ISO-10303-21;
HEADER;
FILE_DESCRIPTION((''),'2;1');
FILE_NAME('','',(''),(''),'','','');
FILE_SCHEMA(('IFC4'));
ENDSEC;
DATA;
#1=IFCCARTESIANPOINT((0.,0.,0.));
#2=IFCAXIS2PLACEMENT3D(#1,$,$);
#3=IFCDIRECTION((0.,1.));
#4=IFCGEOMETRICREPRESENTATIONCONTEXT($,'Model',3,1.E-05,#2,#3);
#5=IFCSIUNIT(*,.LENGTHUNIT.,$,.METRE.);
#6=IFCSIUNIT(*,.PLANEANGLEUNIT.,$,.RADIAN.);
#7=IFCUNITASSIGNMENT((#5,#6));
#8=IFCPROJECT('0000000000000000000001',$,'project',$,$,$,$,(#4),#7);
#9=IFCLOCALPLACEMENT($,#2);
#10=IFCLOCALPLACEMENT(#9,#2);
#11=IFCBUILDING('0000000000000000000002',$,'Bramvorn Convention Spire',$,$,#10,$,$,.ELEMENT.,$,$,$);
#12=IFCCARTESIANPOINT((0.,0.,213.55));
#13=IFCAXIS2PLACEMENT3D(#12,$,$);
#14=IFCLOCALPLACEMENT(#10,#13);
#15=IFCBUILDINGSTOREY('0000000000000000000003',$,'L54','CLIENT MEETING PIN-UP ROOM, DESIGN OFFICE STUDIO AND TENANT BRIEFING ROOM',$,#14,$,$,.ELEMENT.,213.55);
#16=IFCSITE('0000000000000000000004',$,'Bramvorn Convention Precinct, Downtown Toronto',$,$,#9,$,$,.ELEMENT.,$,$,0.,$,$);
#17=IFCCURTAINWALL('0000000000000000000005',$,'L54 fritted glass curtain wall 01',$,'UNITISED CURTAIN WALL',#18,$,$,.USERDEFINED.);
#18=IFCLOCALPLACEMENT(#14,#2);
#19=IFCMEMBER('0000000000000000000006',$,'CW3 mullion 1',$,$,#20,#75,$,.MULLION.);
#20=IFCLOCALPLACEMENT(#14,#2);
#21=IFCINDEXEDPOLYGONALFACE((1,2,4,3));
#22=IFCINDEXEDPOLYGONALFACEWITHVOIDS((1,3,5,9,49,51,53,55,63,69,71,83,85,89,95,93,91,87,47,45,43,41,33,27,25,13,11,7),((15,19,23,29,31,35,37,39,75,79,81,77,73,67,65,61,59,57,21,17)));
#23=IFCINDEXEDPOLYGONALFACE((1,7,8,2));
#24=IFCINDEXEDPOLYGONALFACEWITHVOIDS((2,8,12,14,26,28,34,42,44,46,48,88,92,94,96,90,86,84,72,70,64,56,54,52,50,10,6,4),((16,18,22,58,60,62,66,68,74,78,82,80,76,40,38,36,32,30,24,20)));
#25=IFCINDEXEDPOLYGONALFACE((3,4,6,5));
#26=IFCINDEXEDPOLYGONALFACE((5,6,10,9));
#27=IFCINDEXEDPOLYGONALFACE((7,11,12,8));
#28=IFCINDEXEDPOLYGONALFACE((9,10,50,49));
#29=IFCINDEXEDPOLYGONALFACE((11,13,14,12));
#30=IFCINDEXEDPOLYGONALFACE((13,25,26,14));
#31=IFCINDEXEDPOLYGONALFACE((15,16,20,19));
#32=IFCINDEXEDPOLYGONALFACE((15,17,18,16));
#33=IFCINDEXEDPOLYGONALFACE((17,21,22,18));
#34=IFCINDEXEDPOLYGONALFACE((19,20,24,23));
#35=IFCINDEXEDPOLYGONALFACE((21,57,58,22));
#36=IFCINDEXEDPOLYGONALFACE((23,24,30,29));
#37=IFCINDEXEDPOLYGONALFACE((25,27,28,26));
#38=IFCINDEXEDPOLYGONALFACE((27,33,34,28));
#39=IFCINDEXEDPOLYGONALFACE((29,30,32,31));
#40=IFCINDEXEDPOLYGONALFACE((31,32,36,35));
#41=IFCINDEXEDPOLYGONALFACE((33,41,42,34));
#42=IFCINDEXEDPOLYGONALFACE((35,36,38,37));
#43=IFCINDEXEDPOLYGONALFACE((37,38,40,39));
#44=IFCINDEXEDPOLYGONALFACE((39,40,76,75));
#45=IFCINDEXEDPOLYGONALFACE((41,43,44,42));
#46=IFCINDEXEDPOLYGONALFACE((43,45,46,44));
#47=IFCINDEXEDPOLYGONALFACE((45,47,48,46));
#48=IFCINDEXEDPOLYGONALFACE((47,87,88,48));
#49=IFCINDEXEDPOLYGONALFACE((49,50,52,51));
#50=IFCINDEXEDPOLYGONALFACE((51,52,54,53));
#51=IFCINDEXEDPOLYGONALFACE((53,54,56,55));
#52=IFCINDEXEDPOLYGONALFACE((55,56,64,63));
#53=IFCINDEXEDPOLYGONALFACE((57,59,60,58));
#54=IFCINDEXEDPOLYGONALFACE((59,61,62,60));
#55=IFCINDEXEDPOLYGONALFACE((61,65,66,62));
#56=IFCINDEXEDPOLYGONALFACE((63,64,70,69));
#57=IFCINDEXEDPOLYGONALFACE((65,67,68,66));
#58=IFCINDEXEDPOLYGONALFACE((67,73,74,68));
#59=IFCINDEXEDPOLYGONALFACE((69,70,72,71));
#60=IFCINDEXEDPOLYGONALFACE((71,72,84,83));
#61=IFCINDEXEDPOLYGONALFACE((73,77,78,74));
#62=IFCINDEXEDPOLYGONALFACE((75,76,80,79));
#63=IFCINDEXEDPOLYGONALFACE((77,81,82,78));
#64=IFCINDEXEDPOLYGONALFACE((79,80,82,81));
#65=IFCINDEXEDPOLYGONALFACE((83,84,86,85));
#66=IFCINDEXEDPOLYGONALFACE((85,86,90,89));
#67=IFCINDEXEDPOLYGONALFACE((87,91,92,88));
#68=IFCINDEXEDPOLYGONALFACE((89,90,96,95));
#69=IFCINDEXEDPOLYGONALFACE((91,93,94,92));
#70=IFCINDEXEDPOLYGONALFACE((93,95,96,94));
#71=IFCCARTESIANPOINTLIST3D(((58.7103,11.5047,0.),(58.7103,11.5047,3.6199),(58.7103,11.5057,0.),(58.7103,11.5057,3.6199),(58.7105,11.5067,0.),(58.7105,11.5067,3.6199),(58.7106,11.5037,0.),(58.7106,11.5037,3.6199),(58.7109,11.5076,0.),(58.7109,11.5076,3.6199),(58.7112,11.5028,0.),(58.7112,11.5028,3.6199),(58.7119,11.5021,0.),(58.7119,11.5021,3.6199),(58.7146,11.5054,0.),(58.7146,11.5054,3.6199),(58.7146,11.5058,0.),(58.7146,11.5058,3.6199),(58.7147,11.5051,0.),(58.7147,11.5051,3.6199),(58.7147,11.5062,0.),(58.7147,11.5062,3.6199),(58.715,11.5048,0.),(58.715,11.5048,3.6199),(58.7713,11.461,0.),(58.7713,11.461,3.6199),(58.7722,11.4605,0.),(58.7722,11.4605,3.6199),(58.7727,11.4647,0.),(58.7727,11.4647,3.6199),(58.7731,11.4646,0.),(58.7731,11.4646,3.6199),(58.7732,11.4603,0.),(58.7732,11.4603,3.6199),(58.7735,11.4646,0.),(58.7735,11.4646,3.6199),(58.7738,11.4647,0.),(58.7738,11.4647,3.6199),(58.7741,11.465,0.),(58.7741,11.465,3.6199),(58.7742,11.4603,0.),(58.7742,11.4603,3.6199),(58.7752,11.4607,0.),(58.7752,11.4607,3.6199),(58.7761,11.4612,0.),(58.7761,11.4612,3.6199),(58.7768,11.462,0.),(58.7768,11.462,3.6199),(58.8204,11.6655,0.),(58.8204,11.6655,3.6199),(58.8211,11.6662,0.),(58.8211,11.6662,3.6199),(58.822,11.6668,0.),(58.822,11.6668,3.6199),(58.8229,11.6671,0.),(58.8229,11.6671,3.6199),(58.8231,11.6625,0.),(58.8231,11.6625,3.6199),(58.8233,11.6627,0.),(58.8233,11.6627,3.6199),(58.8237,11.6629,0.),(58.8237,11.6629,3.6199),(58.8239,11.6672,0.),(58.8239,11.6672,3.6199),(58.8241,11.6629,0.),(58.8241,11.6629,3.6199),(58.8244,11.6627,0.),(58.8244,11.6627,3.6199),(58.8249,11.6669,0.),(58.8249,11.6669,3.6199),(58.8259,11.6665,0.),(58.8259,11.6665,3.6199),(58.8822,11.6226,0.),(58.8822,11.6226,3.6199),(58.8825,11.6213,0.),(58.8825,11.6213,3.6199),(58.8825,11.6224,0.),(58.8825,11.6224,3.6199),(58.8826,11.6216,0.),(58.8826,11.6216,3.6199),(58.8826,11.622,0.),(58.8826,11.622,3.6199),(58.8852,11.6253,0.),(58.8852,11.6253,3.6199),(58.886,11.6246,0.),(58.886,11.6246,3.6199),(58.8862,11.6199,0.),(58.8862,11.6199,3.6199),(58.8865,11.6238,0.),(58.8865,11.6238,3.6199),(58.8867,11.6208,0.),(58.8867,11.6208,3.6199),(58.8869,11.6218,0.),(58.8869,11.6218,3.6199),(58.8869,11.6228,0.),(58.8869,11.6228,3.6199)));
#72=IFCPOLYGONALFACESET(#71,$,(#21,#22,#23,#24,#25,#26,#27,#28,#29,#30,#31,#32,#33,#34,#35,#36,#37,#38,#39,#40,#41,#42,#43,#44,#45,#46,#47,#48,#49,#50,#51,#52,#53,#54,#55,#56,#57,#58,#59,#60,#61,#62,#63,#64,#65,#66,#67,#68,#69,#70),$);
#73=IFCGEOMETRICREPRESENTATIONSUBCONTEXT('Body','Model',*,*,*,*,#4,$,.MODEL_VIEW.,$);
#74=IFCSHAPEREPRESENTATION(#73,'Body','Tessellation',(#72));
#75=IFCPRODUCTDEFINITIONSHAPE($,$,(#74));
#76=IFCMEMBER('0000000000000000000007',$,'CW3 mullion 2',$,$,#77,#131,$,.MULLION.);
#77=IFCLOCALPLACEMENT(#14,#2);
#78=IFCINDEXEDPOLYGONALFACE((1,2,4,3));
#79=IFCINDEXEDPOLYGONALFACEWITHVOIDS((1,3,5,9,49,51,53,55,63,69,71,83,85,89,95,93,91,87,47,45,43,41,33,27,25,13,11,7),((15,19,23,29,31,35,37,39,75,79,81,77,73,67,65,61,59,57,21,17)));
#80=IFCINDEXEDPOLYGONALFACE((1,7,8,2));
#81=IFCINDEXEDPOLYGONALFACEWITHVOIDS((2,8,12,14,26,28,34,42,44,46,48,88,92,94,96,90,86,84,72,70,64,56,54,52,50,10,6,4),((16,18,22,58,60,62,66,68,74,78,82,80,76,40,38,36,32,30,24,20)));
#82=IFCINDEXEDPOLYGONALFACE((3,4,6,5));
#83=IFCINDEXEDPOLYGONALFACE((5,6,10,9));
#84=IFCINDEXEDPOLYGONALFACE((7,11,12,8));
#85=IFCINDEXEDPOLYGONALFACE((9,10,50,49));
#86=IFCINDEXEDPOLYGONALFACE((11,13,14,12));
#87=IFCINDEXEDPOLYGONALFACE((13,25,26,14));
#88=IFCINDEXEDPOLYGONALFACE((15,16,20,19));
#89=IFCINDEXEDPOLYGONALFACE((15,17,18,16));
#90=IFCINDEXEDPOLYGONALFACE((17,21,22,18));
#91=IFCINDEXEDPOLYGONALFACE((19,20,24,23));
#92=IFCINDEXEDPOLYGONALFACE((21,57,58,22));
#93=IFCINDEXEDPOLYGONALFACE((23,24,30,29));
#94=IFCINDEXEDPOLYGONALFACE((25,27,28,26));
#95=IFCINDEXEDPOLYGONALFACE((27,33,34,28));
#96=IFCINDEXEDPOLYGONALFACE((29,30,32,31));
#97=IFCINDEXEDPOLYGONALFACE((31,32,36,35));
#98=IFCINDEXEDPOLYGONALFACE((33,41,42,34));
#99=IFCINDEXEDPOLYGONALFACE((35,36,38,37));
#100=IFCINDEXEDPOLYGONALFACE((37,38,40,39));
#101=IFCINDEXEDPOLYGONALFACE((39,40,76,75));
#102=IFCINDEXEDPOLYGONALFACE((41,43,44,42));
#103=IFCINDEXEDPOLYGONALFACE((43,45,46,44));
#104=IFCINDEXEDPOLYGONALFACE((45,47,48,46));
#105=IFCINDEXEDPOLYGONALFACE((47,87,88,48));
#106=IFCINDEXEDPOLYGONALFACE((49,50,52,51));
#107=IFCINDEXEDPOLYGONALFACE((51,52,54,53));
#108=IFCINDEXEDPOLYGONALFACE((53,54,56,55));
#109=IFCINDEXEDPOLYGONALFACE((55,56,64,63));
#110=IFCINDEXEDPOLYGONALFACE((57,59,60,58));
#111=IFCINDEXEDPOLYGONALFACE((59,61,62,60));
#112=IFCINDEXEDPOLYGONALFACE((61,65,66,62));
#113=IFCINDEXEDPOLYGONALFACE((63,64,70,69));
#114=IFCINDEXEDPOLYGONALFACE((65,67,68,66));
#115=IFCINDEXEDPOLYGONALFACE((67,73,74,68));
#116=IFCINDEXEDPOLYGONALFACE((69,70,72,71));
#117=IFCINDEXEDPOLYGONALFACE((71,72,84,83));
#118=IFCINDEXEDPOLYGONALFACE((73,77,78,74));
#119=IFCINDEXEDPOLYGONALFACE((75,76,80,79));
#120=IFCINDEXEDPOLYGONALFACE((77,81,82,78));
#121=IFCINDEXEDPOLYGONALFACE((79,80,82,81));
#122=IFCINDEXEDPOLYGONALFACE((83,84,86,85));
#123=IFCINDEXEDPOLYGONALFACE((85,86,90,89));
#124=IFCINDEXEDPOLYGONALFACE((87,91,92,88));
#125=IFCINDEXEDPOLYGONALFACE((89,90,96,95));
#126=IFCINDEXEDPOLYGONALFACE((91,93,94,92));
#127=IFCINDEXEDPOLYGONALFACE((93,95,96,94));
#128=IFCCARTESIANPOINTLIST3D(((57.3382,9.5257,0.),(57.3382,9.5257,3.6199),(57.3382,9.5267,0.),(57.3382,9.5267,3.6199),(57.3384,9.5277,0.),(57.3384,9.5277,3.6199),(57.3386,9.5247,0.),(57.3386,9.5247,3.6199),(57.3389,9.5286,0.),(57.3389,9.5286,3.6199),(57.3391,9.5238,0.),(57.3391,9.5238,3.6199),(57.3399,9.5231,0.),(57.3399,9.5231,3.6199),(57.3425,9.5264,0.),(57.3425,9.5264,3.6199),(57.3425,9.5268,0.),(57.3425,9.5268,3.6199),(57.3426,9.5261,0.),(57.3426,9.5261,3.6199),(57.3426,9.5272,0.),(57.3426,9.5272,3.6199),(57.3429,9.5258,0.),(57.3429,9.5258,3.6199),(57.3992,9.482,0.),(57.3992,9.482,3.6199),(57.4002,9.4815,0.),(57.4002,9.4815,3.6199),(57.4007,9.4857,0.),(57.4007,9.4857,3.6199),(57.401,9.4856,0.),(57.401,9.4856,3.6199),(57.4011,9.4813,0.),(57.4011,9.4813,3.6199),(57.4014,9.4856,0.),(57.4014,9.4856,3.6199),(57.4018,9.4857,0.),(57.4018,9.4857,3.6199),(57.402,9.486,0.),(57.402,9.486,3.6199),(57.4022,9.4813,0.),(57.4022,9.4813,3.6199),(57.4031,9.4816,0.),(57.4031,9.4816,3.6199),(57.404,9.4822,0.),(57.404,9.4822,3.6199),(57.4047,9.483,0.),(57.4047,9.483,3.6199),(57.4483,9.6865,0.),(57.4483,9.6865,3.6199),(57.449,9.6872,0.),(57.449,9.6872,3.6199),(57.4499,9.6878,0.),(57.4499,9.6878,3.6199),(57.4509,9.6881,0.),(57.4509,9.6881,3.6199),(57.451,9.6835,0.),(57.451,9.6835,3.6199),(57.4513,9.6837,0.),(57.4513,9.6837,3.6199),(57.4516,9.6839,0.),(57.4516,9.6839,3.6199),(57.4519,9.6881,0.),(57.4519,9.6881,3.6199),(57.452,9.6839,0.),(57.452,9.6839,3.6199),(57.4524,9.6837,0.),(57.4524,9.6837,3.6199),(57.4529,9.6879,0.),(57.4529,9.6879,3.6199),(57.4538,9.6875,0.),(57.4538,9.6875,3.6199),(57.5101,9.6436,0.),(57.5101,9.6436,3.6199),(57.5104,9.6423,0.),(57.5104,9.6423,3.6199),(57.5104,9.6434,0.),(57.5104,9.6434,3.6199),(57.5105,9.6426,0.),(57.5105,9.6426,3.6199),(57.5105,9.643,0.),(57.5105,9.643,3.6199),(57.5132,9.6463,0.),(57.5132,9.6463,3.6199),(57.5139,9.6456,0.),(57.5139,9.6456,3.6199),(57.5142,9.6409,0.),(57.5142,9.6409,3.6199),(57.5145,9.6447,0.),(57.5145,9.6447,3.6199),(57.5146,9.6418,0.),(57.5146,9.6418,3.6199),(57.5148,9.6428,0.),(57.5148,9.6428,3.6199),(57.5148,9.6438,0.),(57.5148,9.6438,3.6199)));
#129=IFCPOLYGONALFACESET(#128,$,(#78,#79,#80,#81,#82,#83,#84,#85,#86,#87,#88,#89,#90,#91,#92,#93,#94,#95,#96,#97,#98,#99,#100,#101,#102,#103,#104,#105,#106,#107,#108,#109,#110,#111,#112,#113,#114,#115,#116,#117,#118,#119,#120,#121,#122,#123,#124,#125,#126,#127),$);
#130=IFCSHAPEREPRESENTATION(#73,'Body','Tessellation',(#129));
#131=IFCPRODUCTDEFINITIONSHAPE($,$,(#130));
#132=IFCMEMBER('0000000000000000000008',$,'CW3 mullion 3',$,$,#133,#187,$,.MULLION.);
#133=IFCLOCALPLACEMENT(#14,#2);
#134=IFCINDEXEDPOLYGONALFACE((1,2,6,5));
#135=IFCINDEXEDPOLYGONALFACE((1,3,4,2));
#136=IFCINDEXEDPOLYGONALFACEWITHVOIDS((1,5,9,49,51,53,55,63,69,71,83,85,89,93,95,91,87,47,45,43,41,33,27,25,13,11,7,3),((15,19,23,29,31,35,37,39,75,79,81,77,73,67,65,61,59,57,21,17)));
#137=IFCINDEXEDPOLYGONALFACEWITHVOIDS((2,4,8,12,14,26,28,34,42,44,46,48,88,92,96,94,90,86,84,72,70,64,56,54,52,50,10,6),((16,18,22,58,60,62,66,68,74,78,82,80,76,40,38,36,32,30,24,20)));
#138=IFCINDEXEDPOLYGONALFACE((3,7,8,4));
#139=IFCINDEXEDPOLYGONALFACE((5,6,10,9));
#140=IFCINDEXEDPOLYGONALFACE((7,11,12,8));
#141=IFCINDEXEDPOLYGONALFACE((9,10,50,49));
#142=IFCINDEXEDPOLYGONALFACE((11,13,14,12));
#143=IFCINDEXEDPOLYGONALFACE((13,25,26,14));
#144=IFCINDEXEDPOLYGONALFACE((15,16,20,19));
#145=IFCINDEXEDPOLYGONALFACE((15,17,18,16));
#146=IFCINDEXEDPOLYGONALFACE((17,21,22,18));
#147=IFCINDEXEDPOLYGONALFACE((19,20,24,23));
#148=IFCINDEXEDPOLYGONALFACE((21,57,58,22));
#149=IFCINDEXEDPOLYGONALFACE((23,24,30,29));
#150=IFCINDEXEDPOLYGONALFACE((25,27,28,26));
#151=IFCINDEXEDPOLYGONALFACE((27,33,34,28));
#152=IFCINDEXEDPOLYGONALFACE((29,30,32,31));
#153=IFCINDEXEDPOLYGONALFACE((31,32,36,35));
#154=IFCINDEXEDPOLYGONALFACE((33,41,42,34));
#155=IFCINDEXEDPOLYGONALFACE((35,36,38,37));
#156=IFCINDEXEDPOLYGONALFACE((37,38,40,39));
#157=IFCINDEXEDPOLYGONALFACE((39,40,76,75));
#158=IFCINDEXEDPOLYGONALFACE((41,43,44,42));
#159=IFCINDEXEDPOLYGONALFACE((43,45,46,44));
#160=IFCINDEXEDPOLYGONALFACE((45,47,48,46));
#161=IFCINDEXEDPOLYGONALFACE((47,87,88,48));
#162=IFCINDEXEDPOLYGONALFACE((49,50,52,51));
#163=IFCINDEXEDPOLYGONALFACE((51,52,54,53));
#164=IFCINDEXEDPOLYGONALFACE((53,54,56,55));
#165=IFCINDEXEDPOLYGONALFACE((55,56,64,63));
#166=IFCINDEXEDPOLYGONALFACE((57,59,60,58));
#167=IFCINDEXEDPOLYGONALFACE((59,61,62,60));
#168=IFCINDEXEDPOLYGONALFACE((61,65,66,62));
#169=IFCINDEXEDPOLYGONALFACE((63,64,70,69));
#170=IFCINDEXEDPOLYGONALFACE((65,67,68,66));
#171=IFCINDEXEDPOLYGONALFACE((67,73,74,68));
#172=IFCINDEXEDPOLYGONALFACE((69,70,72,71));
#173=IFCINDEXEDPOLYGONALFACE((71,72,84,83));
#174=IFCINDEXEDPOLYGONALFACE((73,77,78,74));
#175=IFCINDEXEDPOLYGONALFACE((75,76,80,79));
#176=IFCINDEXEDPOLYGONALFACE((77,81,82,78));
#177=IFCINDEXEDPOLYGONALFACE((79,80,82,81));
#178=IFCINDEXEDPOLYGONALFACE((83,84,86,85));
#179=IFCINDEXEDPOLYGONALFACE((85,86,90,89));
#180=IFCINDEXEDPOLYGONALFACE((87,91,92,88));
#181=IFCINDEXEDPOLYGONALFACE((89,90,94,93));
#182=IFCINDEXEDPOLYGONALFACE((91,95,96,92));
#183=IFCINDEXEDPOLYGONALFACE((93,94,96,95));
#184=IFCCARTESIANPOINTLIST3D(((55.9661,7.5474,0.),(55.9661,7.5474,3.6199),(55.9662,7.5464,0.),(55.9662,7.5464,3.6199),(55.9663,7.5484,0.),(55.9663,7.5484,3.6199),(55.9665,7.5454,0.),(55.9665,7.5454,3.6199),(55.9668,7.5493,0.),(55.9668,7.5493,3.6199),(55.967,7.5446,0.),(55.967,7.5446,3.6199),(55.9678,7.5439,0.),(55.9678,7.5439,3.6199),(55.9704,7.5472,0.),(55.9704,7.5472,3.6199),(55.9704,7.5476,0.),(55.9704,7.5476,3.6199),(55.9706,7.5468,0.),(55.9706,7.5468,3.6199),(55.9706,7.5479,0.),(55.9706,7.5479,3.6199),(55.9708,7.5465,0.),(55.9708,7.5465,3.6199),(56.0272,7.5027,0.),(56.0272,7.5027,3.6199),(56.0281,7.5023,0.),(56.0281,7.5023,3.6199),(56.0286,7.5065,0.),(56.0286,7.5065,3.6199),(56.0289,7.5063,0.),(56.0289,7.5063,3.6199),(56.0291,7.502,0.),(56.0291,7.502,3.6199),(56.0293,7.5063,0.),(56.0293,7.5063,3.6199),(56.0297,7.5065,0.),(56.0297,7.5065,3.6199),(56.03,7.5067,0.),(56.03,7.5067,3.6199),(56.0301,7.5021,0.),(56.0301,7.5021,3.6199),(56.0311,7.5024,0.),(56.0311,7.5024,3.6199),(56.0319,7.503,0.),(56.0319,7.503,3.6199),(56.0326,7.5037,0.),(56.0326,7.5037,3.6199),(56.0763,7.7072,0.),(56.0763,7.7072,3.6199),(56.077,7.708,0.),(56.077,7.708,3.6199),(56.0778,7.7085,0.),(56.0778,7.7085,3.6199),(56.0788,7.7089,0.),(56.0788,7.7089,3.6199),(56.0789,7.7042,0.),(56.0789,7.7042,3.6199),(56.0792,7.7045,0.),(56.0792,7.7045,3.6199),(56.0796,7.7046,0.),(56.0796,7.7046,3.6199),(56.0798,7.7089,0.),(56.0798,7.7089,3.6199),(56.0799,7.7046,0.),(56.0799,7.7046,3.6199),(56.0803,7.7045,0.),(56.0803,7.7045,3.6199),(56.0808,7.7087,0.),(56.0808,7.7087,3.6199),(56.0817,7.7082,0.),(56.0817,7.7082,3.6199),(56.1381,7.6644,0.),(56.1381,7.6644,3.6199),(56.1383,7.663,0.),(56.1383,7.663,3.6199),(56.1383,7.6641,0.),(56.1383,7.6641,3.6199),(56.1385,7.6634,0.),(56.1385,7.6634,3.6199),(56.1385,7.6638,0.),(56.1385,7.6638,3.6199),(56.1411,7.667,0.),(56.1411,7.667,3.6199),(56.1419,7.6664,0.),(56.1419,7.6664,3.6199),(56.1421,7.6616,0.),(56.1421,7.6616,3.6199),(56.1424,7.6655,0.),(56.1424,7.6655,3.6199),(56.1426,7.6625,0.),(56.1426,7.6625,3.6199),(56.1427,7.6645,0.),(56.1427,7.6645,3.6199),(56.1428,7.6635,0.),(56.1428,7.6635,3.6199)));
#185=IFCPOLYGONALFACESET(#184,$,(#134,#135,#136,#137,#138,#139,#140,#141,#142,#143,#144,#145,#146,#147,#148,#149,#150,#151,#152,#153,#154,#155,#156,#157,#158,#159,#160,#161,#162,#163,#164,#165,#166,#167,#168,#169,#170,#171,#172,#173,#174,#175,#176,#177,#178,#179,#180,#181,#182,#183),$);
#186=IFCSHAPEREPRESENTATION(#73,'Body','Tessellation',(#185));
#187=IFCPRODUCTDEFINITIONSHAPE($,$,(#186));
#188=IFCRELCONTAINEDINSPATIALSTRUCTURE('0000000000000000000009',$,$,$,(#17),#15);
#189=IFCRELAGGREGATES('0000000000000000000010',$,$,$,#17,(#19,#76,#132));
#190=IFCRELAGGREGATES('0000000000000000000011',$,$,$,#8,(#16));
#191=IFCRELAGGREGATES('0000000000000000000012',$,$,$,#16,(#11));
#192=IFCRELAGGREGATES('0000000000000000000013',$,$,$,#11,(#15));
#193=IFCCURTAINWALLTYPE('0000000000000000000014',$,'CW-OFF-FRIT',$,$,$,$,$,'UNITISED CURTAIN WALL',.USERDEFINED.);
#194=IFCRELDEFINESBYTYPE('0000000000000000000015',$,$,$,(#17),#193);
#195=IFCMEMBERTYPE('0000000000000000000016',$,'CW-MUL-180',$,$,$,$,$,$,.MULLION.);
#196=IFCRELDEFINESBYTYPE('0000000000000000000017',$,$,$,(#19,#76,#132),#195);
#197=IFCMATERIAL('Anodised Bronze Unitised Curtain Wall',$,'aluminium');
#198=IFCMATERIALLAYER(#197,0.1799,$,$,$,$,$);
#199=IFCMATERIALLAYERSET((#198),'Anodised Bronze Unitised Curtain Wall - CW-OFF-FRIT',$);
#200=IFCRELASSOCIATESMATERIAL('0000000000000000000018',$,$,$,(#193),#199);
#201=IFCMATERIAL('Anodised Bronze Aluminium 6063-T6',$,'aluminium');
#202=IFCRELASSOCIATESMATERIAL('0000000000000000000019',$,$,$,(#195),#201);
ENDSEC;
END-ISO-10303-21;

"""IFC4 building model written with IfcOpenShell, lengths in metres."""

from ifc_helpers import new_model, si_unit, direction, frame, origin, origin_2d, place, context, subcontext, project, spatial, hollow_rectangle, extrude, material, layer, layer_set, material_profile, profile_set, type_object, element, aggregate, save


model = new_model("IFC4")

# Units and contexts
model_context = context("Model", 3, precision=1e-05, world=origin(), true_north=direction((0.0, 1.0)))
body_context = subcontext(model_context, "Body", "Model", "MODEL_VIEW")
ifc_project = project(units=[si_unit("LENGTHUNIT", "METRE"), si_unit("PLANEANGLEUNIT", "RADIAN")], contexts=[model_context])

# Site, building, storey
site_placement = place(None, origin())
site = spatial("IfcSite", under=ifc_project, at=site_placement, Name="Bramvorn Convention Precinct, Downtown Toronto", CompositionType="ELEMENT", RefElevation=0.0)
building_placement = place(site_placement, origin())
building = spatial("IfcBuilding", under=site, at=building_placement, Name="Bramvorn Convention Spire", CompositionType="ELEMENT")
storey_placement = place(building_placement, frame((0.0, 0.0, 213.55)))
storey = spatial("IfcBuildingStorey", under=building, at=storey_placement, Name="L54", Description="CLIENT MEETING PIN-UP ROOM, DESIGN OFFICE STUDIO AND TENANT BRIEFING ROOM", CompositionType="ELEMENT", Elevation=213.55)

# Curtain wall, members
ifc_material_1 = material(Name="Anodised Bronze Unitised Curtain Wall", Category="aluminium")
ifc_layer_1 = layer(ifc_material_1, 0.1799)
ifc_layer_set_1 = layer_set([ifc_layer_1], Name="Anodised Bronze Unitised Curtain Wall - CW-OFF-FRIT")
curtain_wall_type = type_object("IfcCurtainWallType", Name="CW-OFF-FRIT", ElementType="UNITISED CURTAIN WALL", PredefinedType="USERDEFINED", material=ifc_layer_set_1)
curtain_wall_1_placement = place(storey_placement, origin())
curtain_wall_1 = element("IfcCurtainWall", 1, at=curtain_wall_1_placement, inside=storey, type_object=curtain_wall_type, Name="L54 fritted glass curtain wall 01", ObjectType="UNITISED CURTAIN WALL", PredefinedType="USERDEFINED")
ifc_material_2 = material(Name="Anodised Bronze Aluminium 6063-T6", Category="aluminium")
ifc_material_profile_1 = material_profile(ifc_material_2, hollow_rectangle(XDim=0.0801, YDim=0.2, WallThickness=0.0039, InnerFilletRadius=0.001, OuterFilletRadius=0.0039, at=origin_2d()))
ifc_profile_set_1 = profile_set([ifc_material_profile_1], Name="Anodised Bronze Aluminium 6063-T6 - CWM80X200")
member_type_1 = type_object("IfcMemberType", Name="CW-MUL-180", PredefinedType="MULLION", material=ifc_profile_set_1)
member_1_placement = place(storey_placement, frame((58.7986, 11.5637, 0.0), z_axis=(0.0, 0.0, 1.0), x_axis=(0.821813, -0.569757, 0.0)))
member_1 = element("IfcMember", 2, at=member_1_placement, type_object=member_type_1, Name="CW3 mullion 1", PredefinedType="MULLION", context=body_context, shape_type="SweptSolid", body=[
    extrude(hollow_rectangle(XDim=0.0801, YDim=0.2, WallThickness=0.0039, InnerFilletRadius=0.001, OuterFilletRadius=0.0039, at=origin_2d()), origin(), (0.0, 0.0, 1.0), 3.6199),
])
member_2_placement = place(storey_placement, frame((57.4265, 9.5847, 0.0), z_axis=(0.0, 0.0, 1.0), x_axis=(0.821813, -0.569757, 0.0)))
member_2 = element("IfcMember", 3, at=member_2_placement, type_object=member_type_1, Name="CW3 mullion 2", PredefinedType="MULLION", context=body_context, shape_type="SweptSolid", body=[
    extrude(hollow_rectangle(XDim=0.0801, YDim=0.2, WallThickness=0.0039, InnerFilletRadius=0.001, OuterFilletRadius=0.0039, at=origin_2d()), origin(), (0.0, 0.0, 1.0), 3.6199),
])
member_3_placement = place(storey_placement, frame((56.0544, 7.6055, 0.0), z_axis=(0.0, 0.0, 1.0), x_axis=(0.821813, -0.569757, 0.0)))
member_3 = element("IfcMember", 4, at=member_3_placement, type_object=member_type_1, Name="CW3 mullion 3", PredefinedType="MULLION", context=body_context, shape_type="SweptSolid", body=[
    extrude(hollow_rectangle(XDim=0.0801, YDim=0.2, WallThickness=0.0039, InnerFilletRadius=0.001, OuterFilletRadius=0.0039, at=origin_2d()), origin(), (0.0, 0.0, 1.0), 3.6199),
])

aggregate(curtain_wall_1, [member_1, member_2, member_3])

save(model, "model.ifc")
